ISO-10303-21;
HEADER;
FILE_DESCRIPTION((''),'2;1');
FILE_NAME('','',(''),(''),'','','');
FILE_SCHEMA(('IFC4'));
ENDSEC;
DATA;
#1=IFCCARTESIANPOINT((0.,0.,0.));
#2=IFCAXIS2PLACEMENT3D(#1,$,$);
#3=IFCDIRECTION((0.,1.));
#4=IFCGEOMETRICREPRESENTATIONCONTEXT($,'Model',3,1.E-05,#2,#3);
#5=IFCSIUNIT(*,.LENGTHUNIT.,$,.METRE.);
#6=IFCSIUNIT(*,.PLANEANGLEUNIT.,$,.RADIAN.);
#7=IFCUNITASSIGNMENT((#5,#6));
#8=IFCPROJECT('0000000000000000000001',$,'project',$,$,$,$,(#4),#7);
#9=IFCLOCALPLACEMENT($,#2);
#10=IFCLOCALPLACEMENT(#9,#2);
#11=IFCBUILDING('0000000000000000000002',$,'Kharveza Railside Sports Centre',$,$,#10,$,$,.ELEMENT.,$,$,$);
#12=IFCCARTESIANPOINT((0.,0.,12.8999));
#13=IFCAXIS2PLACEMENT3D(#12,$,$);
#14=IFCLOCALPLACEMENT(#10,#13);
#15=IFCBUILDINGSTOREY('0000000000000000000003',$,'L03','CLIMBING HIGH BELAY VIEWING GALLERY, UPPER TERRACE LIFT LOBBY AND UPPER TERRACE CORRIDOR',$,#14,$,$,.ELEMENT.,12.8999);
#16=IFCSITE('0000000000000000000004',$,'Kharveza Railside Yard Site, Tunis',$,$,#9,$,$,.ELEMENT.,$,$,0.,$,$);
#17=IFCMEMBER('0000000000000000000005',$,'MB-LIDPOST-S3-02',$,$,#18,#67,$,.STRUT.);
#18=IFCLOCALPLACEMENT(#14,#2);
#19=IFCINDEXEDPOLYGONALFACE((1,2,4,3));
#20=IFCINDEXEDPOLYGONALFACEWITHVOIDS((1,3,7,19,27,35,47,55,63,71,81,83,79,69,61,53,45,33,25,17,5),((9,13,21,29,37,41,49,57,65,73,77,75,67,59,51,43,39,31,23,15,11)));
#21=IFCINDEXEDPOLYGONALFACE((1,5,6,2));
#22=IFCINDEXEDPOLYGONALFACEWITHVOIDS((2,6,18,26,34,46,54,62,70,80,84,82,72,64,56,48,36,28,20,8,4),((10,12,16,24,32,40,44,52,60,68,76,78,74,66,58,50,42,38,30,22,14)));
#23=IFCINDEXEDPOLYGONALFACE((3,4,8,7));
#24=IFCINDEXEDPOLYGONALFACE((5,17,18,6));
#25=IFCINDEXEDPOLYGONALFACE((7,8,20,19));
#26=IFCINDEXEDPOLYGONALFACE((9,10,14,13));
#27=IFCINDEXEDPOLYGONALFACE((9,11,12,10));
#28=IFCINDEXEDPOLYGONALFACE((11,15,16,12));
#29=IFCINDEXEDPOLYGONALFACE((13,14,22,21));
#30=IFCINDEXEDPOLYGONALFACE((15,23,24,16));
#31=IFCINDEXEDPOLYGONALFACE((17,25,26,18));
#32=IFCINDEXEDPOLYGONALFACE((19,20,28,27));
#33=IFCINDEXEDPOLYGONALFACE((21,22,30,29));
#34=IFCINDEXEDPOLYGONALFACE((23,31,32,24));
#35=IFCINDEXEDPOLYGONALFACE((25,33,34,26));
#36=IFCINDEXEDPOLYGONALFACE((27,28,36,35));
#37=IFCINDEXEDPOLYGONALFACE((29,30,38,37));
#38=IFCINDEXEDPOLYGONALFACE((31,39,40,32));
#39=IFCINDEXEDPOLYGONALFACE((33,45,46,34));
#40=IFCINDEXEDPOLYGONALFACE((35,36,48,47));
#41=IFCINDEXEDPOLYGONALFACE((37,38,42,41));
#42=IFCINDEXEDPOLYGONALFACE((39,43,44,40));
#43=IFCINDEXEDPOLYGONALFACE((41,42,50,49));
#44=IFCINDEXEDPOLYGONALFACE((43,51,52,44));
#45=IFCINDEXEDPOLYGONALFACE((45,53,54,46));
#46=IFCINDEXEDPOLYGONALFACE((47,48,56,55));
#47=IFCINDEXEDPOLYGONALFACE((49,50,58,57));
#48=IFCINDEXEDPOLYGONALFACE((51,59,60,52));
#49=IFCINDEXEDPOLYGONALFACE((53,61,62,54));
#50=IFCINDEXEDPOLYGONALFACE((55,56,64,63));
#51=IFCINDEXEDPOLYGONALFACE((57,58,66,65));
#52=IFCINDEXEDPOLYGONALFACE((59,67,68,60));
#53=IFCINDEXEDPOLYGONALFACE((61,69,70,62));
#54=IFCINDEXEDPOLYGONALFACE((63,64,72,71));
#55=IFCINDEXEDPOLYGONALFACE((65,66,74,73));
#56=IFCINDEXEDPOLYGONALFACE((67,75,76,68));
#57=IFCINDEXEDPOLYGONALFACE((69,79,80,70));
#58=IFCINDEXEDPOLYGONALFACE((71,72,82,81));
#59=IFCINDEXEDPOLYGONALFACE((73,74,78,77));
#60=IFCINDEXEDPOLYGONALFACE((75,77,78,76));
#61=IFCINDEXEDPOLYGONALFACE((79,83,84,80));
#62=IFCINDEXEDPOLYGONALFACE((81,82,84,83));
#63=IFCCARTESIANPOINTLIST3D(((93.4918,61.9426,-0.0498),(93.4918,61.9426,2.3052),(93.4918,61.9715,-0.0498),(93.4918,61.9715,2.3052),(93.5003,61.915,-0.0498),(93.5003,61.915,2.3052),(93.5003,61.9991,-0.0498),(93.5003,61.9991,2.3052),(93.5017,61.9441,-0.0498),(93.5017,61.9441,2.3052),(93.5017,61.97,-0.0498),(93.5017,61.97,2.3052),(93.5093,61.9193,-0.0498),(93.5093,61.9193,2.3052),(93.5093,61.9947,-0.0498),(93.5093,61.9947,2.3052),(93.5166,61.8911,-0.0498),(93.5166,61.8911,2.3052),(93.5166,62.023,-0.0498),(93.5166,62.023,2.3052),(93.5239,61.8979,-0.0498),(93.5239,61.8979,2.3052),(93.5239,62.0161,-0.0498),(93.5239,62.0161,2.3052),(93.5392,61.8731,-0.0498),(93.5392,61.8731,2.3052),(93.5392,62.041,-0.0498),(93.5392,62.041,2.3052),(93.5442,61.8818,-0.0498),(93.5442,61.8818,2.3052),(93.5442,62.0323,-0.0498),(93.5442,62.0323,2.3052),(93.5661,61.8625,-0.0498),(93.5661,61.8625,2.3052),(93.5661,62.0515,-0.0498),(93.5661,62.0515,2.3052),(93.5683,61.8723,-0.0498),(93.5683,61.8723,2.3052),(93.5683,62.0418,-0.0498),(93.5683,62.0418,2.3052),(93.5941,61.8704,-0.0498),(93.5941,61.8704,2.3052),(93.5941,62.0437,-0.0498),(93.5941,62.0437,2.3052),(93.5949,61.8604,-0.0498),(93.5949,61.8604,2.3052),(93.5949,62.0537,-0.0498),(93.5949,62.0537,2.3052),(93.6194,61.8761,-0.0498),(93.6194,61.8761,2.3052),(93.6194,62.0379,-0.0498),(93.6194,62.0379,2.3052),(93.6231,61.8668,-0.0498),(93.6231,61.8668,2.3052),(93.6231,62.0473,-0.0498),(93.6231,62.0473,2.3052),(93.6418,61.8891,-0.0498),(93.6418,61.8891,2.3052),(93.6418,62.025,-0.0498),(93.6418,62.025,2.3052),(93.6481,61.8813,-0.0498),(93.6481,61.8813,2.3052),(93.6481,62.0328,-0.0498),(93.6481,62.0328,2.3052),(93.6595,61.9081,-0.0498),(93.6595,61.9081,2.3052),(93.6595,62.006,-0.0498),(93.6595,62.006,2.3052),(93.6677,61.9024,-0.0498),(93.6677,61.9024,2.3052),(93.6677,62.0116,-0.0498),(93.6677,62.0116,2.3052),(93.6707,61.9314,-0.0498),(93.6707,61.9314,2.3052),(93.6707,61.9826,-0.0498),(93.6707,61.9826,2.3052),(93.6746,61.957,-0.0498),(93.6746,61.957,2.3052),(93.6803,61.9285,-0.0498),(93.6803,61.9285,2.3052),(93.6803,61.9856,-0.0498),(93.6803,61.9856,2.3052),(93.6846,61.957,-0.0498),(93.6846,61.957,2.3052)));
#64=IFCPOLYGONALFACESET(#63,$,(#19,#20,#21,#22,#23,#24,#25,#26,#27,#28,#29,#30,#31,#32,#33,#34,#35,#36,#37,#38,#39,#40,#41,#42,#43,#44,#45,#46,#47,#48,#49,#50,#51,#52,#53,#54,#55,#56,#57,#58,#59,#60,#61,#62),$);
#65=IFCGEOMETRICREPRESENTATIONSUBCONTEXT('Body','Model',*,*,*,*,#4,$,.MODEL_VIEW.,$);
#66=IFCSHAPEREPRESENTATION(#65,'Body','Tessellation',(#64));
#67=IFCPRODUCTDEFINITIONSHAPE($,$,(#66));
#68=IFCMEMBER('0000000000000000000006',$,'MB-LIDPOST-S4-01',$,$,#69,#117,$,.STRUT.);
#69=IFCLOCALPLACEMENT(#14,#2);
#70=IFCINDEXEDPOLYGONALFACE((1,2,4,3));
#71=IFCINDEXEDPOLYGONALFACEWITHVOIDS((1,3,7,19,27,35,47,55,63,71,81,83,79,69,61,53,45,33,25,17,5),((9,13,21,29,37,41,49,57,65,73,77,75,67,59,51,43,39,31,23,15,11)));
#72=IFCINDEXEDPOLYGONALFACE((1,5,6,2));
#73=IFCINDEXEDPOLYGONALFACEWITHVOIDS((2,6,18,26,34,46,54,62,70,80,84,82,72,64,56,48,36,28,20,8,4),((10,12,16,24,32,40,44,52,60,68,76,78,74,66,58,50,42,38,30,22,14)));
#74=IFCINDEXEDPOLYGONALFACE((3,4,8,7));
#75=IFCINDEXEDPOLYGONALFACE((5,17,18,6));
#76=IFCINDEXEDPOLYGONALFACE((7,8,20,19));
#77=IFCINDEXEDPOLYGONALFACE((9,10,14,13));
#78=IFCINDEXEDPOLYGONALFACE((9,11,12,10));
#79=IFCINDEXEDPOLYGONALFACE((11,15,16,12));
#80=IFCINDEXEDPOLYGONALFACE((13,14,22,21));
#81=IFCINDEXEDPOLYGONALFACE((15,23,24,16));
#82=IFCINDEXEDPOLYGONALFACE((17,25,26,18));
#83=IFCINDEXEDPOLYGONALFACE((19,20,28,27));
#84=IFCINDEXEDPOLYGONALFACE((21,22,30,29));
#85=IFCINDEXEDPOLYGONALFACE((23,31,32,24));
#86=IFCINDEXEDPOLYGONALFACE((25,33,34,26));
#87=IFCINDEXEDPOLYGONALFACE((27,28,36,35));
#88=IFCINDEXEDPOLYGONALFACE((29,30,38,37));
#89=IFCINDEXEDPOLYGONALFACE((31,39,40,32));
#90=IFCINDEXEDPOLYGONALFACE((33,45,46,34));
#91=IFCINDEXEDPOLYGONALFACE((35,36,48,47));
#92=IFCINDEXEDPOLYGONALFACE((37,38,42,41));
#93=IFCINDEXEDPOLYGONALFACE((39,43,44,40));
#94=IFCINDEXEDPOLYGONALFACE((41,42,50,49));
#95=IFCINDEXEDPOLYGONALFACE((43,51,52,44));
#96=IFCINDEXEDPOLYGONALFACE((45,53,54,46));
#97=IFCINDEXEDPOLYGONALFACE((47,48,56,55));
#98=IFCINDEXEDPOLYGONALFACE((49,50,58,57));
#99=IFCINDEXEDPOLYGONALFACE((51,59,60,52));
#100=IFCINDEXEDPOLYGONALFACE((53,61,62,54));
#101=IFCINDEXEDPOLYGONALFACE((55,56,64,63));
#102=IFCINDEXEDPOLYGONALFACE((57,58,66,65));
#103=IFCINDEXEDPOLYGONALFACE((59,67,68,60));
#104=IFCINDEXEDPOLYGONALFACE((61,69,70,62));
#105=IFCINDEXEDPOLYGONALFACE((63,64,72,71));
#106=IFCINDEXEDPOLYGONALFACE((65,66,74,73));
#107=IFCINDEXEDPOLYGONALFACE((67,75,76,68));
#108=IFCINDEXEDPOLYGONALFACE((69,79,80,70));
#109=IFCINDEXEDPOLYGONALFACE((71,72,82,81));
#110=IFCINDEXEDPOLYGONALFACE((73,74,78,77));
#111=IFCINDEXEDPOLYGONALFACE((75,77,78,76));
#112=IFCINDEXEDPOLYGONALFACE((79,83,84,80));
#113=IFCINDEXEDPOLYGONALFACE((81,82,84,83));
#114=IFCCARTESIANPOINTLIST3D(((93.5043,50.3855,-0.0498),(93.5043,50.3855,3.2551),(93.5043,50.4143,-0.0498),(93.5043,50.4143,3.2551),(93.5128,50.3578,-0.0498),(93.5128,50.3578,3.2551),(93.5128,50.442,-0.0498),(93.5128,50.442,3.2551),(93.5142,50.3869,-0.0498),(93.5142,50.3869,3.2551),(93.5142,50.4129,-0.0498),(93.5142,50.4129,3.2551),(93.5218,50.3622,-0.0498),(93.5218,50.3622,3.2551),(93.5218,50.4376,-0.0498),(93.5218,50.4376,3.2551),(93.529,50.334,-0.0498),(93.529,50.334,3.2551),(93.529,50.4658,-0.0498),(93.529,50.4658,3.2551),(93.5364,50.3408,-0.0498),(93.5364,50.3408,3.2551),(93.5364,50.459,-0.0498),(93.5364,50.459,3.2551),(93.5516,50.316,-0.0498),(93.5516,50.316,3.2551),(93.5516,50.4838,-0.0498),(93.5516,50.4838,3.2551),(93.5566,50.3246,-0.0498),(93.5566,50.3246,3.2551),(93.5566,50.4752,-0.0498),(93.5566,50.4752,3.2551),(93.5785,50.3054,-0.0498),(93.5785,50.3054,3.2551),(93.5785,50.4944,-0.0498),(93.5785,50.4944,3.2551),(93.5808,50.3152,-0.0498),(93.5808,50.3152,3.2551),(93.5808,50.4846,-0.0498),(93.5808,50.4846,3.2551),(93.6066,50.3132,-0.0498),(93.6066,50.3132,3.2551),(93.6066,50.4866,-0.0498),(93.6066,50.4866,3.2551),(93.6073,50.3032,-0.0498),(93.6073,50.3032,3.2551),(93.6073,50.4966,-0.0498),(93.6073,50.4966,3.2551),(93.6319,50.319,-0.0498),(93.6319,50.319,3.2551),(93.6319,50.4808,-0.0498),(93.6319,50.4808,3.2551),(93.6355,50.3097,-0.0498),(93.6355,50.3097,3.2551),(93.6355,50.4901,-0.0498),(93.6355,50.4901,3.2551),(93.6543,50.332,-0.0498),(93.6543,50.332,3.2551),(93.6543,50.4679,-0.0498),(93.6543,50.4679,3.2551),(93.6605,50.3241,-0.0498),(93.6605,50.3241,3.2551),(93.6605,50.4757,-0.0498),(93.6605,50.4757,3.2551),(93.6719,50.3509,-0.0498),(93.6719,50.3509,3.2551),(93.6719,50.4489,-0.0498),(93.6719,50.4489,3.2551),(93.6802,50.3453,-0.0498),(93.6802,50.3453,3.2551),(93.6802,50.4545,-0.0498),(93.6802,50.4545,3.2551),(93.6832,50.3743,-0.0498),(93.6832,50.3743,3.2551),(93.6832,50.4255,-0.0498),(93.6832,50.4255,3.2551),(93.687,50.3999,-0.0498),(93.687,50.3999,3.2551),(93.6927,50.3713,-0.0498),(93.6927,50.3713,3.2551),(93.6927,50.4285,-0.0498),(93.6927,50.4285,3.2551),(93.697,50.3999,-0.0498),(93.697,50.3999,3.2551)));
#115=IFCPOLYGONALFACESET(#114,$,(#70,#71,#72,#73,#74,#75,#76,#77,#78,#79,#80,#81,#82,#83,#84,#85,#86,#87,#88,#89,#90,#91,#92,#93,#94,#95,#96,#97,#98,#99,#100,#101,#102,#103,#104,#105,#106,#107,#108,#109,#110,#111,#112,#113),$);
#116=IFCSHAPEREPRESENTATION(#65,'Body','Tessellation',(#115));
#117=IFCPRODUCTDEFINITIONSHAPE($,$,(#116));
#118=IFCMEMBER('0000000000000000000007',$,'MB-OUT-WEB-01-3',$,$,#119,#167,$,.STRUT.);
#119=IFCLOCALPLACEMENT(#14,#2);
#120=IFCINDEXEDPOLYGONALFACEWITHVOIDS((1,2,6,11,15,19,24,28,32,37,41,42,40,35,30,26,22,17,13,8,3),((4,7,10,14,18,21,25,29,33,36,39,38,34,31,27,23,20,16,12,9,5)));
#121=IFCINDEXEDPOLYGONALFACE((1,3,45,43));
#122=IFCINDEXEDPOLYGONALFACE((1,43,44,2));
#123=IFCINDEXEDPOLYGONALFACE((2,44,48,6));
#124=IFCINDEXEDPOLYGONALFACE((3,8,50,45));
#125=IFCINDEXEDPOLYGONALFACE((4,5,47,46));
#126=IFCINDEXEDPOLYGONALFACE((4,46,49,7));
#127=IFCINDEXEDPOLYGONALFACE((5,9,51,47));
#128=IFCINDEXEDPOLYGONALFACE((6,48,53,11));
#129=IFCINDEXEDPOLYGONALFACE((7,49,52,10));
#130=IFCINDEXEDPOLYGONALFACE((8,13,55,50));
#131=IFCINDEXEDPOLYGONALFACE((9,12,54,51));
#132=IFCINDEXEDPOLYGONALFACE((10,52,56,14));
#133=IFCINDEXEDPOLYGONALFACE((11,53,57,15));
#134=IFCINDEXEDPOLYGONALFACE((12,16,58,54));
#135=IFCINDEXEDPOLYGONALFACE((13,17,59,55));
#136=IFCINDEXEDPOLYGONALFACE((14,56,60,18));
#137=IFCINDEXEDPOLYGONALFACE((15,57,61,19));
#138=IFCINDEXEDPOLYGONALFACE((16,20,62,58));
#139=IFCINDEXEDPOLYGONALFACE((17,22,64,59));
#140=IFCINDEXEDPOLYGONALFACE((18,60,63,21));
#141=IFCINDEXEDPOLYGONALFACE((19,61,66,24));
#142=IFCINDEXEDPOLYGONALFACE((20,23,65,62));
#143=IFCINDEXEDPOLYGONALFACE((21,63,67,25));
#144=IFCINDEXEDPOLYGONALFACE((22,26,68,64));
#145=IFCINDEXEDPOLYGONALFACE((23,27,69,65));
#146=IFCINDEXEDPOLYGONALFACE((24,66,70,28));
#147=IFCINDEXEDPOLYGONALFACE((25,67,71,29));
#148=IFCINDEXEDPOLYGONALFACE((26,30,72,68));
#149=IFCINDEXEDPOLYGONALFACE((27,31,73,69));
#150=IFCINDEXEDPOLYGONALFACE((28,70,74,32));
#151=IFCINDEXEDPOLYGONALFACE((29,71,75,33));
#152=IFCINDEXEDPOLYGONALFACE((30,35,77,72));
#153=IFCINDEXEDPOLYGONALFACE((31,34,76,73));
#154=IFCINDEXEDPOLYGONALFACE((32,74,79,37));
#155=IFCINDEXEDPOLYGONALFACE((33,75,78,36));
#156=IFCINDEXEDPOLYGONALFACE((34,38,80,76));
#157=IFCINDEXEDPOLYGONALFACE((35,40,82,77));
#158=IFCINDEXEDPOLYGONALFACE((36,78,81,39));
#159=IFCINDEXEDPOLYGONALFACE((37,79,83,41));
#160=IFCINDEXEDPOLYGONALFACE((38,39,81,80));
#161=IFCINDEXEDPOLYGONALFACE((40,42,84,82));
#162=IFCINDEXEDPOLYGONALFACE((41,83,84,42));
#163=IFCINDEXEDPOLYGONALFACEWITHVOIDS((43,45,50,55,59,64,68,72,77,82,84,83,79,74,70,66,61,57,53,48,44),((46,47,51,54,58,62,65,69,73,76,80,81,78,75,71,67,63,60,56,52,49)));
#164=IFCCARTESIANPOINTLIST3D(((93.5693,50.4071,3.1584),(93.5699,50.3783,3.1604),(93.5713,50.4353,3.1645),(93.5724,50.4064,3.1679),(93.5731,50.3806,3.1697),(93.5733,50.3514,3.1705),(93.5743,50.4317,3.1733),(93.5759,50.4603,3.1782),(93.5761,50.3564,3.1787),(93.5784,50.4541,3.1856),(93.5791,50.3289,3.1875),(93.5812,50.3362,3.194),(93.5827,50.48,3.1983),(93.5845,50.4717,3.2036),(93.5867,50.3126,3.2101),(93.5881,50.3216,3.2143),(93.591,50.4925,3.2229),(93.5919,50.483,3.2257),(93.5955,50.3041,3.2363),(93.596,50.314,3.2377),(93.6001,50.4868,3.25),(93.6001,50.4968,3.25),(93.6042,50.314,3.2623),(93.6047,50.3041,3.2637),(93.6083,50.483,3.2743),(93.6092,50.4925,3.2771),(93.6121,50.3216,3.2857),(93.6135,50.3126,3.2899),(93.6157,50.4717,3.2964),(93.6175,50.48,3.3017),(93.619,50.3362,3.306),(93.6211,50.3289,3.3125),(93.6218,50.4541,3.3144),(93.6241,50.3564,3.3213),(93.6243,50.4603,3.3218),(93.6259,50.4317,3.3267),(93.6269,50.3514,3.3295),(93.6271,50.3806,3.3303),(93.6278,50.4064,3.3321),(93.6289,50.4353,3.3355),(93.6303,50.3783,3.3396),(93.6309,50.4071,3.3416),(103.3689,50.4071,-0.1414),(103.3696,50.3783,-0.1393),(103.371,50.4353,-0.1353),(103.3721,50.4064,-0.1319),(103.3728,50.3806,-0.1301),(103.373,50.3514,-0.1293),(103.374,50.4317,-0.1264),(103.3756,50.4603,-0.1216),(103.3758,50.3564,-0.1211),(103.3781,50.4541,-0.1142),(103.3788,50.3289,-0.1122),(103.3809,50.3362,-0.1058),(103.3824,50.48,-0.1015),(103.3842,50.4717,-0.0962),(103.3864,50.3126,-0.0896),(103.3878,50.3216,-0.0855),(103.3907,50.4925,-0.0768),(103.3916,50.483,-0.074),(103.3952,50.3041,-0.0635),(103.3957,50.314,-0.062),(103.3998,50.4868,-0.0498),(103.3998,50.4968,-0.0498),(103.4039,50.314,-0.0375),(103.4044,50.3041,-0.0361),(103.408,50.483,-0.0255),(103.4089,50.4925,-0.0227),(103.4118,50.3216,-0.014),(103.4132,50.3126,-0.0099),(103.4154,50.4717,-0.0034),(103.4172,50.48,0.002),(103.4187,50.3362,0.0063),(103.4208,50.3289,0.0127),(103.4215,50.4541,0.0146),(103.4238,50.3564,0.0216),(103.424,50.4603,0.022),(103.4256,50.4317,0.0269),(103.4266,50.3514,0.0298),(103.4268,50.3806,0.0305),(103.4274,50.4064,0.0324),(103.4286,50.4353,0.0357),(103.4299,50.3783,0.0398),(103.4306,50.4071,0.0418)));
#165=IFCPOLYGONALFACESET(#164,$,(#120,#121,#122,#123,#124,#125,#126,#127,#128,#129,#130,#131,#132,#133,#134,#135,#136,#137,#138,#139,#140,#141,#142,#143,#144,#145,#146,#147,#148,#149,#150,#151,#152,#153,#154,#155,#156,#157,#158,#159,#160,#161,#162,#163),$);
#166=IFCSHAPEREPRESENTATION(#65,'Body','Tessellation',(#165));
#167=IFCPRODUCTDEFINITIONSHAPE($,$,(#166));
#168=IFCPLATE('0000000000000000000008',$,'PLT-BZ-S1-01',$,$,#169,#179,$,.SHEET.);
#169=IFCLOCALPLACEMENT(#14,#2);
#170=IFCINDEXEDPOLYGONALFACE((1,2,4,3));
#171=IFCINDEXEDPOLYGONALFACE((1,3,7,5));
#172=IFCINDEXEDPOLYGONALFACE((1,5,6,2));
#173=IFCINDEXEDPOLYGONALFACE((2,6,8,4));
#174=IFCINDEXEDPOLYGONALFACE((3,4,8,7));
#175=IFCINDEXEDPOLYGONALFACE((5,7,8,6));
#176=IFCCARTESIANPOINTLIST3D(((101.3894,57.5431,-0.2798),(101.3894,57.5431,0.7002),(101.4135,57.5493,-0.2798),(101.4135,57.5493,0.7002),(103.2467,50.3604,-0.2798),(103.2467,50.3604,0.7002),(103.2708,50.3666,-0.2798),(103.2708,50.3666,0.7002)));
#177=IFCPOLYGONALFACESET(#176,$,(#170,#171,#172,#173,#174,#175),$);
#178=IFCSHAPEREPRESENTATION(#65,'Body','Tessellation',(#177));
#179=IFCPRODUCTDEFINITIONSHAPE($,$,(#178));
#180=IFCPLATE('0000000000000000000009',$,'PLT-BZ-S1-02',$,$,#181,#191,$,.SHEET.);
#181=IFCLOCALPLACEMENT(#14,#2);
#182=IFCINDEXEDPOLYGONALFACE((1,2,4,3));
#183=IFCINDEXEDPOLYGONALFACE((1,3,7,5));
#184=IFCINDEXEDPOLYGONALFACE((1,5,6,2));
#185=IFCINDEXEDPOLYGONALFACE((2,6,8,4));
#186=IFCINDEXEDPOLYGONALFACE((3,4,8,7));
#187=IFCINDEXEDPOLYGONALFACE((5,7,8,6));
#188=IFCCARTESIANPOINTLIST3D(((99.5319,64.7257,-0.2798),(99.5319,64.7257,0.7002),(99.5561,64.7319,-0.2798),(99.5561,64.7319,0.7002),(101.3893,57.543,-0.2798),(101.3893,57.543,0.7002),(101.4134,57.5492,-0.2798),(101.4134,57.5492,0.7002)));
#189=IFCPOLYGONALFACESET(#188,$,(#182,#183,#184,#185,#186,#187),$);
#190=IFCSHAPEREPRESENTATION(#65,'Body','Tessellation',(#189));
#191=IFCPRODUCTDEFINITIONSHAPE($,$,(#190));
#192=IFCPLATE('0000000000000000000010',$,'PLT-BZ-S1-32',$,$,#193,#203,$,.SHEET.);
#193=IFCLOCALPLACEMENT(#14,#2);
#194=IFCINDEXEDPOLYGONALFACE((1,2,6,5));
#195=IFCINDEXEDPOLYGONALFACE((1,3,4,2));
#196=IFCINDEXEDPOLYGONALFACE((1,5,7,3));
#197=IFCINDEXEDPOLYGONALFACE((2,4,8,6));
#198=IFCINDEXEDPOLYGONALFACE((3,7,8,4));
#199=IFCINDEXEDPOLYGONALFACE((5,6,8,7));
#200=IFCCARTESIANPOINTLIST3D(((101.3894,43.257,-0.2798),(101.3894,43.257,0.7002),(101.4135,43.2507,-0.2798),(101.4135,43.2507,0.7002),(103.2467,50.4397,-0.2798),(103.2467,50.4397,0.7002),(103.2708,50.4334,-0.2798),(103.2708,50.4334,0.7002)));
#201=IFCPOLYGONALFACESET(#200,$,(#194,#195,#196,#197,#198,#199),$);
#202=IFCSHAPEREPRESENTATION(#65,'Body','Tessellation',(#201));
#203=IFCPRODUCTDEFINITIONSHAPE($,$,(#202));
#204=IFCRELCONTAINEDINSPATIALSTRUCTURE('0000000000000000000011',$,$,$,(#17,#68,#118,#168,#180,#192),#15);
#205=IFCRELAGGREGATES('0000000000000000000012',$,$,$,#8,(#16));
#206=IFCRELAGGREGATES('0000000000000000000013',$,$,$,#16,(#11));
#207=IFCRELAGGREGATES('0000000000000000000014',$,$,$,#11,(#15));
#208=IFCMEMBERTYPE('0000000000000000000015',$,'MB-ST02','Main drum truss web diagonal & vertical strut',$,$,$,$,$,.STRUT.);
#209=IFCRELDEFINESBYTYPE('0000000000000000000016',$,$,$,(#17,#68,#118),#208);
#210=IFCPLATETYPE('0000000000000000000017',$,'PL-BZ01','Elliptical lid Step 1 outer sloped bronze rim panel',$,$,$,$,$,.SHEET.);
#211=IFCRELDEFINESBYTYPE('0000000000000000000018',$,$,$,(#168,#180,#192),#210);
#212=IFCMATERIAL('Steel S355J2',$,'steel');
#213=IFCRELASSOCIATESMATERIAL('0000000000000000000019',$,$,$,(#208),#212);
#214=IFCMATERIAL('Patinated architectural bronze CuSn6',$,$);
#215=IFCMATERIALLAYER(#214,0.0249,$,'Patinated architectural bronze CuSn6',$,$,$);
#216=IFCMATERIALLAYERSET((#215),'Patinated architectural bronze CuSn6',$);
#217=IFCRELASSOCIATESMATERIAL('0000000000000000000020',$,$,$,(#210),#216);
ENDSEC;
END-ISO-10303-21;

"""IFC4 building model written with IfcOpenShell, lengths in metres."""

from ifc_helpers import new_model, si_unit, direction, frame, origin, origin_2d, place, context, subcontext, project, spatial, rectangle, hollow_circle, extrude, material, layer, layer_set, material_profile, profile_set, type_object, element, save


model = new_model("IFC4")

# Units and contexts
model_context = context("Model", 3, precision=1e-05, world=origin(), true_north=direction((0.0, 1.0)))
body_context = subcontext(model_context, "Body", "Model", "MODEL_VIEW")
ifc_project = project(units=[si_unit("LENGTHUNIT", "METRE"), si_unit("PLANEANGLEUNIT", "RADIAN")], contexts=[model_context])

# Site, building, storey
site_placement = place(None, origin())
site = spatial("IfcSite", under=ifc_project, at=site_placement, Name="Kharveza Railside Yard Site, Tunis", CompositionType="ELEMENT", RefElevation=0.0)
building_placement = place(site_placement, origin())
building = spatial("IfcBuilding", under=site, at=building_placement, Name="Kharveza Railside Sports Centre", CompositionType="ELEMENT")
storey_placement = place(building_placement, frame((0.0, 0.0, 12.8999)))
storey = spatial("IfcBuildingStorey", under=building, at=storey_placement, Name="L03", Description="CLIMBING HIGH BELAY VIEWING GALLERY, UPPER TERRACE LIFT LOBBY AND UPPER TERRACE CORRIDOR", CompositionType="ELEMENT", Elevation=12.8999)

# Shared definitions
ifc_material_1 = material(Name="Steel S355J2", Category="steel")

# Members
ifc_material_profile_1 = material_profile(ifc_material_1, hollow_circle(Radius=0.0969, WallThickness=0.01, at=origin_2d()), Name="CHS 193.7x10.0")
ifc_profile_set_1 = profile_set([ifc_material_profile_1], Name="Steel S355J2")
member_type_1 = type_object("IfcMemberType", Name="MB-ST02", Description="Main drum truss web diagonal & vertical strut", PredefinedType="STRUT", material=ifc_profile_set_1)
for number, where, z_axis, x_axis, name in (
    (1, (93.5876, 61.957, -0.0498), (0.0, 0.0, 1.0), (1.0, 0.0, 0.0), "MB-LIDPOST-S3-02"),
):
    element("IfcMember", number, at=place(storey_placement, frame(where, z_axis=z_axis, x_axis=x_axis)), inside=storey, type_object=member_type_1, Name=name, PredefinedType="STRUT", context=body_context, shape_type="SweptSolid", body=[
        extrude(hollow_circle(Radius=0.0969, WallThickness=0.01, at=origin_2d()), origin(), (0.0, 0.0, 1.0), 2.355),
    ])
member_1_placement = place(storey_placement, frame((93.6001, 50.3999, -0.0498), z_axis=(0.0, 0.0, 1.0), x_axis=(1.0, 0.0, 0.0)))
element("IfcMember", 2, at=member_1_placement, inside=storey, type_object=member_type_1, Name="MB-LIDPOST-S4-01", PredefinedType="STRUT", context=body_context, shape_type="SweptSolid", body=[
    extrude(hollow_circle(Radius=0.0969, WallThickness=0.01, at=origin_2d()), origin(), (0.0, 0.0, 1.0), 3.3049),
])
member_2_placement = place(storey_placement, frame((93.6001, 50.3999, 3.25), z_axis=(0.947716, 0.0, -0.319116), x_axis=(0.0, 1.0, 0.0)))
element("IfcMember", 3, at=member_2_placement, inside=storey, type_object=member_type_1, Name="MB-OUT-WEB-01-3", PredefinedType="STRUT", context=body_context, shape_type="SweptSolid", body=[
    extrude(hollow_circle(Radius=0.0969, WallThickness=0.01, at=origin_2d()), origin(), (0.0, 0.0, 1.0), 10.3403),
])

# Plates
ifc_material_2 = material(Name="Patinated architectural bronze CuSn6")
ifc_layer_1 = layer(ifc_material_2, 0.0249, Name="Patinated architectural bronze CuSn6")
ifc_layer_set_1 = layer_set([ifc_layer_1], Name="Patinated architectural bronze CuSn6")
plate_type_1 = type_object("IfcPlateType", Name="PL-BZ01", Description="Elliptical lid Step 1 outer sloped bronze rim panel", PredefinedType="SHEET", material=ifc_layer_set_1)
for number, where, z_axis, x_axis, name in (
    (4, (102.3301, 53.9548, -0.2798), (0.0, 0.0, 1.0), (-0.250346, 0.968156, 0.0), "PLT-BZ-S1-01"),
    (5, (100.4727, 61.1375, -0.2798), (0.0, 0.0, 1.0), (-0.250346, 0.968156, 0.0), "PLT-BZ-S1-02"),
    (6, (102.3301, 46.8452, -0.2798), (0.0, 0.0, 1.0), (0.250346, 0.968156, 0.0), "PLT-BZ-S1-32"),
):
    element("IfcPlate", number, at=place(storey_placement, frame(where, z_axis=z_axis, x_axis=x_axis)), inside=storey, type_object=plate_type_1, Name=name, PredefinedType="SHEET", context=body_context, shape_type="SweptSolid", body=[
        extrude(rectangle(XDim=7.4189, YDim=0.0249, at=origin_2d()), origin(), (0.0, 0.0, 1.0), 0.98),
    ])

save(model, "model.ifc")
